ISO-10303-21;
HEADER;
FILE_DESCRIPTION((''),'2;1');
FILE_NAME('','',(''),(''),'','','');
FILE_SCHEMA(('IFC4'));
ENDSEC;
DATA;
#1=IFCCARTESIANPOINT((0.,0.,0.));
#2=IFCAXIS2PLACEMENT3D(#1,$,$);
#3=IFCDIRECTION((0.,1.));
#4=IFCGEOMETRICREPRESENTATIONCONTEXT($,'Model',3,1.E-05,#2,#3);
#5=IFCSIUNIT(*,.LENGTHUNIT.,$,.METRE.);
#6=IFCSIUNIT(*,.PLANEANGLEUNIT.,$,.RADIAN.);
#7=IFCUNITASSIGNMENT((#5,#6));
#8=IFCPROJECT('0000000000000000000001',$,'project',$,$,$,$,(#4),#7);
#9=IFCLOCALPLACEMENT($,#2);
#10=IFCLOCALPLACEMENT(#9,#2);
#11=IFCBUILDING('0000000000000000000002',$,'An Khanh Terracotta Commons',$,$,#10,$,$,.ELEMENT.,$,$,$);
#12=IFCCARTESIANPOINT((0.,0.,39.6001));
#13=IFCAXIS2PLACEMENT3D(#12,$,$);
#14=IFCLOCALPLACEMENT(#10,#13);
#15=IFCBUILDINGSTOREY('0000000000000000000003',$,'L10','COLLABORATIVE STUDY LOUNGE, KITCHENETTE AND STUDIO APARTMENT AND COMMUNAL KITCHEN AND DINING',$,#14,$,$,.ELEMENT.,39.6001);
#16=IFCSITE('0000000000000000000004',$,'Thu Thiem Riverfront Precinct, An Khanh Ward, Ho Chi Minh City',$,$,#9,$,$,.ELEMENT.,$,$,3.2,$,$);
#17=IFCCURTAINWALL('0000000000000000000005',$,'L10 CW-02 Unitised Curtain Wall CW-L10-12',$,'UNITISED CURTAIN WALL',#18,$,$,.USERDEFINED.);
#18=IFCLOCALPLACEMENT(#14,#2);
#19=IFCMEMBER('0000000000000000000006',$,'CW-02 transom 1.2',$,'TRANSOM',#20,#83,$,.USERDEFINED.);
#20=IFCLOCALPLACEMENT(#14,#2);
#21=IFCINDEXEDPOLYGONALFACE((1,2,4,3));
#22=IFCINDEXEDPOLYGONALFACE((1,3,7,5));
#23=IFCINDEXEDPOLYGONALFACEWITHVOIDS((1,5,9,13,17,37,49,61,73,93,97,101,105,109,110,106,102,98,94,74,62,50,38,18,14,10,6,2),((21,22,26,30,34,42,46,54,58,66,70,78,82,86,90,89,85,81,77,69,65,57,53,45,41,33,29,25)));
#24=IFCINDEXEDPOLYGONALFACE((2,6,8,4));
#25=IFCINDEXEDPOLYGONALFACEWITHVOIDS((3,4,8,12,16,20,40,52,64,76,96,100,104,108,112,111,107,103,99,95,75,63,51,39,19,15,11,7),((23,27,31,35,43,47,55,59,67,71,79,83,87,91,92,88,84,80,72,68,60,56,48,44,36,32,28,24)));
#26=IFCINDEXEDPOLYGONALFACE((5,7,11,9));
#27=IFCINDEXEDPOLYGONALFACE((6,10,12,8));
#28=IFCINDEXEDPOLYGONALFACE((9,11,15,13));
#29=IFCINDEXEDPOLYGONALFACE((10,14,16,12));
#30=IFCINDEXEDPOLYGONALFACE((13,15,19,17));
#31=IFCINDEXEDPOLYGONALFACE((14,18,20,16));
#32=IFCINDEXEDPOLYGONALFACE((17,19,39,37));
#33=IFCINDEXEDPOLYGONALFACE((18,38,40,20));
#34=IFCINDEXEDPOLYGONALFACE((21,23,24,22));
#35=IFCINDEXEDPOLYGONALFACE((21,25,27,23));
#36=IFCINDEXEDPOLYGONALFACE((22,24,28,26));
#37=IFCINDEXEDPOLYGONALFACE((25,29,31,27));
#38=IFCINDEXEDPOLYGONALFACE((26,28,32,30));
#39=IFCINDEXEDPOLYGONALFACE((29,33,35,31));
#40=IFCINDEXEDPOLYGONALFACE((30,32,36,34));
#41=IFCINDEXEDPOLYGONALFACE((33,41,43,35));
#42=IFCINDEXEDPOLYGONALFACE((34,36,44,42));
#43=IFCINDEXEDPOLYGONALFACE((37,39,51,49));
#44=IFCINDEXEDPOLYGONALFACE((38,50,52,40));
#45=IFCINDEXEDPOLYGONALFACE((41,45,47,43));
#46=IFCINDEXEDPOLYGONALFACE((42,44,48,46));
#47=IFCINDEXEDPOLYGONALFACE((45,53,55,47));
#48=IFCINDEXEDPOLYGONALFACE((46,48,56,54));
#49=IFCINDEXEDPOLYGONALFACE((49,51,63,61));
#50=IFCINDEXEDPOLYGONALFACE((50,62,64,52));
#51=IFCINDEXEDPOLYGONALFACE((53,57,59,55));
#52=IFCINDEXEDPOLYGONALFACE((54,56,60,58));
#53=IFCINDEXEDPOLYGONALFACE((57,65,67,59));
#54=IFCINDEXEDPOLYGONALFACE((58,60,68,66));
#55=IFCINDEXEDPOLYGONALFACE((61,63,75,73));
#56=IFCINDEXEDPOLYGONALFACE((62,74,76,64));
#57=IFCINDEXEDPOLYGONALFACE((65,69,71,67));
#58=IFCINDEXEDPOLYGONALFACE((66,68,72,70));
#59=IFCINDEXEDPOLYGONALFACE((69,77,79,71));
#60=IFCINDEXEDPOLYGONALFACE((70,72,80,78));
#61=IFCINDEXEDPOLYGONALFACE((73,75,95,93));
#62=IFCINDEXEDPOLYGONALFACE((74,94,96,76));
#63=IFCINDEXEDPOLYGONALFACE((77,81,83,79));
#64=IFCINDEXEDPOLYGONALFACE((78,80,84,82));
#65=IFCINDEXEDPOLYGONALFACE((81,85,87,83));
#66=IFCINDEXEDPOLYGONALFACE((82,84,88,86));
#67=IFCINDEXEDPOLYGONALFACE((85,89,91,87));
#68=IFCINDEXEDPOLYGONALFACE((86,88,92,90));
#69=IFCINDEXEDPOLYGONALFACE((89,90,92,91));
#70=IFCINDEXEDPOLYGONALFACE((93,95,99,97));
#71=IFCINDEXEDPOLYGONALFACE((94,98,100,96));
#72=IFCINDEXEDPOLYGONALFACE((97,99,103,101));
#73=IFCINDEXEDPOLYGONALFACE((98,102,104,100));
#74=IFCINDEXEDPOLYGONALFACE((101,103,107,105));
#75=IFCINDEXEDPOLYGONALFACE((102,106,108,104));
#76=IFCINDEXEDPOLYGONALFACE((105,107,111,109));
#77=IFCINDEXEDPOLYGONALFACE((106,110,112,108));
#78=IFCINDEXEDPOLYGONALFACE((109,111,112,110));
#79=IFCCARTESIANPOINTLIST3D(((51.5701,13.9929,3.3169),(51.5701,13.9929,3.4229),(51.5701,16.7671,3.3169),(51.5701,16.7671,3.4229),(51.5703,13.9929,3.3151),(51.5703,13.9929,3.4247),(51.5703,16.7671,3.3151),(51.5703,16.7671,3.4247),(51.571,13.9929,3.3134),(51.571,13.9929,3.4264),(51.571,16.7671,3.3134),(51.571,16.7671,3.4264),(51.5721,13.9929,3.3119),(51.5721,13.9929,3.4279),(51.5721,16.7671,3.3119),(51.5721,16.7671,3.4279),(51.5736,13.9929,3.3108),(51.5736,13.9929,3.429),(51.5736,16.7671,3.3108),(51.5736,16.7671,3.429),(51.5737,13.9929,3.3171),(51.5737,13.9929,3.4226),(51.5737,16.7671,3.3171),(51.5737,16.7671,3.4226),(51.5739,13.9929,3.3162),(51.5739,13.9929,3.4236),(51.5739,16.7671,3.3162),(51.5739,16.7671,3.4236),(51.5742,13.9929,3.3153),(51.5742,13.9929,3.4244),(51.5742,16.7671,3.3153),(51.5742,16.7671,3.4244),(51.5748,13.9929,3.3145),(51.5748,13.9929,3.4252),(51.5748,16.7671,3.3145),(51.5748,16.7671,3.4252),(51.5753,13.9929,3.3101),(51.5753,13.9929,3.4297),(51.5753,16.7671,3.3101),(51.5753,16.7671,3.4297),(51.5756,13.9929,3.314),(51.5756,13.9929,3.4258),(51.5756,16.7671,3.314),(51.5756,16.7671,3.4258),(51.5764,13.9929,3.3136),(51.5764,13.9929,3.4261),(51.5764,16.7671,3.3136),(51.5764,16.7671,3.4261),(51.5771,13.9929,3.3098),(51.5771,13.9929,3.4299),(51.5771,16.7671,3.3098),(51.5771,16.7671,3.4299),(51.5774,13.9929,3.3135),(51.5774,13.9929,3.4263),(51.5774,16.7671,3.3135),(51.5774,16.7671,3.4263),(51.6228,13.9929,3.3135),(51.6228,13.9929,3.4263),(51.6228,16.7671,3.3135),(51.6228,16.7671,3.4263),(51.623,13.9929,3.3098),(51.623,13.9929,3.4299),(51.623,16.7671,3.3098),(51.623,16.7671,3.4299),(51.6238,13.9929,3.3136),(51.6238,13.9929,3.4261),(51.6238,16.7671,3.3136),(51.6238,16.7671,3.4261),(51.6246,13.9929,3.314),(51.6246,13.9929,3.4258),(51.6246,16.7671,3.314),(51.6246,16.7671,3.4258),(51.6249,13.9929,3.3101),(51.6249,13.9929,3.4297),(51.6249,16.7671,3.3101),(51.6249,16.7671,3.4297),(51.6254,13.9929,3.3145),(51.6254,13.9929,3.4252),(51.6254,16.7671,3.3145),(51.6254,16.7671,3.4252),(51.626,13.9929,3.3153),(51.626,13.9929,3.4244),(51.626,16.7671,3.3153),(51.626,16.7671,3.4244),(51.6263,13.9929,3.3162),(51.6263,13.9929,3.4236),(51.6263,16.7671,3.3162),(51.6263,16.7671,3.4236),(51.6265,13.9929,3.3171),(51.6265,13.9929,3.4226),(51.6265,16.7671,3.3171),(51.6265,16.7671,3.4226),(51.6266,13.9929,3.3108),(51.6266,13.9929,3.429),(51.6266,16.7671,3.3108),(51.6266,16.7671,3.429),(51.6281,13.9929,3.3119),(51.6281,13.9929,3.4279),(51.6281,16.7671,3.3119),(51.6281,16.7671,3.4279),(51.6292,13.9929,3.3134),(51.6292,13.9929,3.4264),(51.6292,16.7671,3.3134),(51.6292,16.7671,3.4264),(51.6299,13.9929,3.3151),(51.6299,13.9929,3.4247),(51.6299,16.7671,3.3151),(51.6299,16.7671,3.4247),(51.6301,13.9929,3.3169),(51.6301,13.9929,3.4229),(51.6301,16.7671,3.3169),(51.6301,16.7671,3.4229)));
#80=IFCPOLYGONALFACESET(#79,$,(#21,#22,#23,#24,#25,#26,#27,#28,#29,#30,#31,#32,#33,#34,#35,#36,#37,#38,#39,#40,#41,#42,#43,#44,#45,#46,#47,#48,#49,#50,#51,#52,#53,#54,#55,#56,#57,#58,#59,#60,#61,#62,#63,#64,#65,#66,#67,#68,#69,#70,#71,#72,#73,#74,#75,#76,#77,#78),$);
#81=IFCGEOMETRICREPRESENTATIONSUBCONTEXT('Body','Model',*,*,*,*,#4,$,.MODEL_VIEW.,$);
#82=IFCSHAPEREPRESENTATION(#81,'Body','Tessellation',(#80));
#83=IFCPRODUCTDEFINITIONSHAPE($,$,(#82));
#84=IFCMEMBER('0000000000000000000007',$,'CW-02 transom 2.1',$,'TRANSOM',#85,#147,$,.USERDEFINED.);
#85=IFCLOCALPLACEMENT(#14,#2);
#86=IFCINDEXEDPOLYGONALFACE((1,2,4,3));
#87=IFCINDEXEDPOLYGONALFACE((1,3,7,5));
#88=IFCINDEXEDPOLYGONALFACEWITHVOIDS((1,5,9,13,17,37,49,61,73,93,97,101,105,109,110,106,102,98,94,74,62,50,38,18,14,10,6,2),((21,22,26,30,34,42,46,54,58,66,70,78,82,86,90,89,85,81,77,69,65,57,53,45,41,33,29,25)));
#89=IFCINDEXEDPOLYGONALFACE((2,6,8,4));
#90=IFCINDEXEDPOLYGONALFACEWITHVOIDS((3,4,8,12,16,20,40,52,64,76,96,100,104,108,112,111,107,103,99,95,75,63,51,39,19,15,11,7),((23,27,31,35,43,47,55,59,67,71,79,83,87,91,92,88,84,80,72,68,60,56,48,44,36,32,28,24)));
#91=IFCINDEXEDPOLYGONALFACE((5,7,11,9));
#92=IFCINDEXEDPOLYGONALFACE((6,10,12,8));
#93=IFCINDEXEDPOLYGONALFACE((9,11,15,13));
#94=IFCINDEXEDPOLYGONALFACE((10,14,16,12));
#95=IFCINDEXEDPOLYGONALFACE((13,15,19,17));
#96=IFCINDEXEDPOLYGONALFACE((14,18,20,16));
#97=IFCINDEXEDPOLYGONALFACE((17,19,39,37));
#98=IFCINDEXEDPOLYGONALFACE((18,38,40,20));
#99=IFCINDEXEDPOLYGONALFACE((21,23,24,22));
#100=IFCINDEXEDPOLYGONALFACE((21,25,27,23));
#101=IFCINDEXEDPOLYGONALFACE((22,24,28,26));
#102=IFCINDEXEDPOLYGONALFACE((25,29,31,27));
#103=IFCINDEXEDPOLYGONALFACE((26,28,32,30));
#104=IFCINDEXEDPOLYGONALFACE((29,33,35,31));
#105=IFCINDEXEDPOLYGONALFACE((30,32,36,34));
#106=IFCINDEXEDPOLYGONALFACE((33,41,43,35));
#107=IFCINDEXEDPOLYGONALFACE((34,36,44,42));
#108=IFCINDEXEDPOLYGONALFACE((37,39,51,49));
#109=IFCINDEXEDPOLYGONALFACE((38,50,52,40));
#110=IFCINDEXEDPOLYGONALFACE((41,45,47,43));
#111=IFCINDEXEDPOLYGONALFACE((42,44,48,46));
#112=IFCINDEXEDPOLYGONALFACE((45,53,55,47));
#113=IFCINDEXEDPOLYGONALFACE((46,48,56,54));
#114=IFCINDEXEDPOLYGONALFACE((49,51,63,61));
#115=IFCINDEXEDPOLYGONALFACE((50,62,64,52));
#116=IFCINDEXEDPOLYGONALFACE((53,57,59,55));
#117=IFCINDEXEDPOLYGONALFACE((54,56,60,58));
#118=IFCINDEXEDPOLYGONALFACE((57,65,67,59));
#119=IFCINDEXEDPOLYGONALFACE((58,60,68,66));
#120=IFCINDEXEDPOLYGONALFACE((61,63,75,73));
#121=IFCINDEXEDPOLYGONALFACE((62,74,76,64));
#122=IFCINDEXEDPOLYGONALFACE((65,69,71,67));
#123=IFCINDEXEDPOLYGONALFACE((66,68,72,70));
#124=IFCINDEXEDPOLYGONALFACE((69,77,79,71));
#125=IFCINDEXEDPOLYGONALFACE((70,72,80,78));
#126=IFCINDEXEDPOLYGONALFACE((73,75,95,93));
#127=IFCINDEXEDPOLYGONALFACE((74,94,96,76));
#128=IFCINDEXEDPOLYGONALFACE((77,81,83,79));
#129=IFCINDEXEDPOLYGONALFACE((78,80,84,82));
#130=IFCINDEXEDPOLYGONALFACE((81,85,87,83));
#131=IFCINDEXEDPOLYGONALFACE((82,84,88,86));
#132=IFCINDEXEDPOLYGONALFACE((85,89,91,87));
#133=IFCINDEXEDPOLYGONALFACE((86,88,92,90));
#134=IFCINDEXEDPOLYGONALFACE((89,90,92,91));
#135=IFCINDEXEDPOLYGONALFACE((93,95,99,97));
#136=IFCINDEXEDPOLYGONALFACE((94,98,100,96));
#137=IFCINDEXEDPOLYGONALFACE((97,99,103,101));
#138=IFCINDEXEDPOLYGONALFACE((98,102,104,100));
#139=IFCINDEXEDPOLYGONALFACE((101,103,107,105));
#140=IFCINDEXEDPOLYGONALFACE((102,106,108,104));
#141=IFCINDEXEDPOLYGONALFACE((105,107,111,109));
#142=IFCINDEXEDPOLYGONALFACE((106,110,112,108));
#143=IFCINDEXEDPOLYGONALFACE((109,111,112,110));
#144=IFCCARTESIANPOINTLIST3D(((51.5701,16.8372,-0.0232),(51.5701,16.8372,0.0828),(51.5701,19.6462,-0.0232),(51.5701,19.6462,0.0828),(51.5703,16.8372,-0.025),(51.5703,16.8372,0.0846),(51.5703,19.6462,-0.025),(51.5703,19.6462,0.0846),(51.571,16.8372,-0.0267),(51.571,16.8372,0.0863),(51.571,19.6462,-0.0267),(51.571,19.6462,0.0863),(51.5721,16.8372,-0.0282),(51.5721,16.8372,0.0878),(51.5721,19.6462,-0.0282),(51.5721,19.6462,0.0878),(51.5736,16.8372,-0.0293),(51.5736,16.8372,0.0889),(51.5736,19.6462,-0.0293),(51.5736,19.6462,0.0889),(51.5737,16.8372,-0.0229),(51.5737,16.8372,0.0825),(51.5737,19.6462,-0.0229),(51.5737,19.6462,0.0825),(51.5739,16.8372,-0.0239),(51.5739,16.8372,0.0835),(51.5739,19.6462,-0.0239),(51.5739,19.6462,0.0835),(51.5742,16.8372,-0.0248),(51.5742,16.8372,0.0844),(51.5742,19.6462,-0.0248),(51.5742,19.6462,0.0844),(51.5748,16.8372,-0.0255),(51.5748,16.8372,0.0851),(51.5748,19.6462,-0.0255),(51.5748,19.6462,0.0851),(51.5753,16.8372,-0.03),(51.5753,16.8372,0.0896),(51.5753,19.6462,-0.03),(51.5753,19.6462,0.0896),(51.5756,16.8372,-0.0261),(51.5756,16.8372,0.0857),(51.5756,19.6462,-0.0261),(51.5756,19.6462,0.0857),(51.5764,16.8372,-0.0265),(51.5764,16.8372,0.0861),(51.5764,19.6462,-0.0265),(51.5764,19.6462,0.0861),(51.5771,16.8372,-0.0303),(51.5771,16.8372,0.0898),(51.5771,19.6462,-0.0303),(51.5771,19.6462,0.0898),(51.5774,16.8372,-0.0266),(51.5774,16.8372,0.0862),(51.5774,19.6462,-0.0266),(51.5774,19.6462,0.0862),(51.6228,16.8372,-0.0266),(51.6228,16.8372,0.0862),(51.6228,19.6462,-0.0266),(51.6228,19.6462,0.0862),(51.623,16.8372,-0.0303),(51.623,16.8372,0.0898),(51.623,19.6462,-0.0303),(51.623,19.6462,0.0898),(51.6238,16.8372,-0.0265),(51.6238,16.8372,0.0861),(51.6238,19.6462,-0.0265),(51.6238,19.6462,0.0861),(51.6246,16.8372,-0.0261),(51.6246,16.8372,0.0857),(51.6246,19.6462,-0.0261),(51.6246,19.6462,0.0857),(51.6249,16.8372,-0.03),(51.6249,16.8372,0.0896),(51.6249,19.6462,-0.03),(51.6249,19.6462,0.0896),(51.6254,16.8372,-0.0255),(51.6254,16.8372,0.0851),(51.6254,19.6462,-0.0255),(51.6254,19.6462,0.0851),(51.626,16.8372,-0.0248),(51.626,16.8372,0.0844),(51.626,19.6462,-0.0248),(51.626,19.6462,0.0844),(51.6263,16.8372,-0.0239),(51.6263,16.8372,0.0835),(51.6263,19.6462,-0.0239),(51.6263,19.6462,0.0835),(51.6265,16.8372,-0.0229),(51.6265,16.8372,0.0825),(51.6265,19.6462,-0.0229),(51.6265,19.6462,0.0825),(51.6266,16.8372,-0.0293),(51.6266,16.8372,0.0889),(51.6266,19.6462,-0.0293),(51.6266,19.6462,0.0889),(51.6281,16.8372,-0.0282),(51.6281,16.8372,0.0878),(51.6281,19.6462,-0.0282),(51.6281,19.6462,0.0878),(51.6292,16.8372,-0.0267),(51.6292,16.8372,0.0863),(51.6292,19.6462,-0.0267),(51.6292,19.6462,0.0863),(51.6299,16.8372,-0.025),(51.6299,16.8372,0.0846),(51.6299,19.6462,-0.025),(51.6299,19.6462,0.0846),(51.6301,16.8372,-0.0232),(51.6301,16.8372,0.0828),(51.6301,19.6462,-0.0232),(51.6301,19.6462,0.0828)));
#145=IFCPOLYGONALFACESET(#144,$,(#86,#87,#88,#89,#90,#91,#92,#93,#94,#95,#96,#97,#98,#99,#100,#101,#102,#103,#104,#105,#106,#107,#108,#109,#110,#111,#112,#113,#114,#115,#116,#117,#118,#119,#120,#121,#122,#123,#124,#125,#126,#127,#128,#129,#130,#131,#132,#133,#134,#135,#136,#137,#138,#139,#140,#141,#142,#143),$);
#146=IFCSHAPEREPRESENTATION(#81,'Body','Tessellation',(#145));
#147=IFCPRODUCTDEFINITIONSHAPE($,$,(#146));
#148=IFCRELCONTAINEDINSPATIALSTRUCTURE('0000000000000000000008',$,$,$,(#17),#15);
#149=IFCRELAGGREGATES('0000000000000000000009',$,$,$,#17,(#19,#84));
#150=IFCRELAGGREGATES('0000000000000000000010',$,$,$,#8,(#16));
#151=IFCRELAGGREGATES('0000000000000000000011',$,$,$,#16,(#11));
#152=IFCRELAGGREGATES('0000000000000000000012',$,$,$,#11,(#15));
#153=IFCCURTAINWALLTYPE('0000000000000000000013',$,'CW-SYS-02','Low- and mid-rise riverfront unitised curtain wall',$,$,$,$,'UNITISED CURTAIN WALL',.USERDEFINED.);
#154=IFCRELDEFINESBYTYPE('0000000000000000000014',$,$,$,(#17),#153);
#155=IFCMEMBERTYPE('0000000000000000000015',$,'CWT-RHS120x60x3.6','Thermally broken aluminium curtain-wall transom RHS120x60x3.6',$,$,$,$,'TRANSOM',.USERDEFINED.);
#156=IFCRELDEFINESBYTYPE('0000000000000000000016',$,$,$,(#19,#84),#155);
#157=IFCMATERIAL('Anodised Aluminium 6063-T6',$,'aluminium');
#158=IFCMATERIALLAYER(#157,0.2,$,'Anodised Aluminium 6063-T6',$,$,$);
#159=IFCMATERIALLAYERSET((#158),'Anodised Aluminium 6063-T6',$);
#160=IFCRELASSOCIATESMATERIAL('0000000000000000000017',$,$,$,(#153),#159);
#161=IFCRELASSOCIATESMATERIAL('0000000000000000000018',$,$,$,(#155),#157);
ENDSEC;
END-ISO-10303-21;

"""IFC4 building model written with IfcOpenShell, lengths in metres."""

from ifc_helpers import new_model, si_unit, direction, frame, origin, origin_2d, place, context, subcontext, project, spatial, hollow_rectangle, extrude, material, layer, layer_set, material_profile, profile_set, type_object, element, aggregate, save


model = new_model("IFC4")

# Units and contexts
model_context = context("Model", 3, precision=1e-05, world=origin(), true_north=direction((0.0, 1.0)))
body_context = subcontext(model_context, "Body", "Model", "MODEL_VIEW")
ifc_project = project(units=[si_unit("LENGTHUNIT", "METRE"), si_unit("PLANEANGLEUNIT", "RADIAN")], contexts=[model_context])

# Site, building, storey
site_placement = place(None, origin())
site = spatial("IfcSite", under=ifc_project, at=site_placement, Name="Thu Thiem Riverfront Precinct, An Khanh Ward, Ho Chi Minh City", CompositionType="ELEMENT", RefElevation=3.2)
building_placement = place(site_placement, origin())
building = spatial("IfcBuilding", under=site, at=building_placement, Name="An Khanh Terracotta Commons", CompositionType="ELEMENT")
storey_placement = place(building_placement, frame((0.0, 0.0, 39.6001)))
storey = spatial("IfcBuildingStorey", under=building, at=storey_placement, Name="L10", Description="COLLABORATIVE STUDY LOUNGE, KITCHENETTE AND STUDIO APARTMENT AND COMMUNAL KITCHEN AND DINING", CompositionType="ELEMENT", Elevation=39.6001)

# Curtain wall, members
ifc_material_1 = material(Name="Anodised Aluminium 6063-T6", Category="aluminium")
ifc_layer_1 = layer(ifc_material_1, 0.2, Name="Anodised Aluminium 6063-T6")
ifc_layer_set_1 = layer_set([ifc_layer_1], Name="Anodised Aluminium 6063-T6")
curtain_wall_type = type_object("IfcCurtainWallType", Name="CW-SYS-02", Description="Low- and mid-rise riverfront unitised curtain wall", ElementType="UNITISED CURTAIN WALL", PredefinedType="USERDEFINED", material=ifc_layer_set_1)
curtain_wall_placement = place(storey_placement, origin())
curtain_wall = element("IfcCurtainWall", 1, at=curtain_wall_placement, inside=storey, type_object=curtain_wall_type, Name="L10 CW-02 Unitised Curtain Wall CW-L10-12", ObjectType="UNITISED CURTAIN WALL", PredefinedType="USERDEFINED")
ifc_material_profile_1 = material_profile(ifc_material_1, hollow_rectangle(XDim=0.0601, YDim=0.1201, WallThickness=0.0037, InnerFilletRadius=0.0037, OuterFilletRadius=0.0071, at=origin_2d()), Name="RHS120x60x3.6")
ifc_profile_set_1 = profile_set([ifc_material_profile_1], Name="Anodised Aluminium 6063-T6")
member_type_1 = type_object("IfcMemberType", Name="CWT-RHS120x60x3.6", Description="Thermally broken aluminium curtain-wall transom RHS120x60x3.6", ElementType="TRANSOM", PredefinedType="USERDEFINED", material=ifc_profile_set_1)
member_1_placement = place(storey_placement, frame((51.6001, 13.9929, 3.3699), z_axis=(0.0, 1.0, 0.0), x_axis=(-1.0, 0.0, 0.0)))
member_1 = element("IfcMember", 2, at=member_1_placement, type_object=member_type_1, Name="CW-02 transom 1.2", ObjectType="TRANSOM", PredefinedType="USERDEFINED", context=body_context, shape_type="SweptSolid", body=[
    extrude(hollow_rectangle(XDim=0.0601, YDim=0.1201, WallThickness=0.0037, InnerFilletRadius=0.0037, OuterFilletRadius=0.0071, at=origin_2d()), origin(), (0.0, 0.0, 1.0), 2.7742),
])
member_2_placement = place(storey_placement, frame((51.6001, 16.8372, 0.0298), z_axis=(0.0, 1.0, 0.0), x_axis=(-1.0, 0.0, 0.0)))
member_2 = element("IfcMember", 3, at=member_2_placement, type_object=member_type_1, Name="CW-02 transom 2.1", ObjectType="TRANSOM", PredefinedType="USERDEFINED", context=body_context, shape_type="SweptSolid", body=[
    extrude(hollow_rectangle(XDim=0.0601, YDim=0.1201, WallThickness=0.0037, InnerFilletRadius=0.0037, OuterFilletRadius=0.0071, at=origin_2d()), origin(), (0.0, 0.0, 1.0), 2.8091),
])
aggregate(curtain_wall, [member_1, member_2])

save(model, "model.ifc")
